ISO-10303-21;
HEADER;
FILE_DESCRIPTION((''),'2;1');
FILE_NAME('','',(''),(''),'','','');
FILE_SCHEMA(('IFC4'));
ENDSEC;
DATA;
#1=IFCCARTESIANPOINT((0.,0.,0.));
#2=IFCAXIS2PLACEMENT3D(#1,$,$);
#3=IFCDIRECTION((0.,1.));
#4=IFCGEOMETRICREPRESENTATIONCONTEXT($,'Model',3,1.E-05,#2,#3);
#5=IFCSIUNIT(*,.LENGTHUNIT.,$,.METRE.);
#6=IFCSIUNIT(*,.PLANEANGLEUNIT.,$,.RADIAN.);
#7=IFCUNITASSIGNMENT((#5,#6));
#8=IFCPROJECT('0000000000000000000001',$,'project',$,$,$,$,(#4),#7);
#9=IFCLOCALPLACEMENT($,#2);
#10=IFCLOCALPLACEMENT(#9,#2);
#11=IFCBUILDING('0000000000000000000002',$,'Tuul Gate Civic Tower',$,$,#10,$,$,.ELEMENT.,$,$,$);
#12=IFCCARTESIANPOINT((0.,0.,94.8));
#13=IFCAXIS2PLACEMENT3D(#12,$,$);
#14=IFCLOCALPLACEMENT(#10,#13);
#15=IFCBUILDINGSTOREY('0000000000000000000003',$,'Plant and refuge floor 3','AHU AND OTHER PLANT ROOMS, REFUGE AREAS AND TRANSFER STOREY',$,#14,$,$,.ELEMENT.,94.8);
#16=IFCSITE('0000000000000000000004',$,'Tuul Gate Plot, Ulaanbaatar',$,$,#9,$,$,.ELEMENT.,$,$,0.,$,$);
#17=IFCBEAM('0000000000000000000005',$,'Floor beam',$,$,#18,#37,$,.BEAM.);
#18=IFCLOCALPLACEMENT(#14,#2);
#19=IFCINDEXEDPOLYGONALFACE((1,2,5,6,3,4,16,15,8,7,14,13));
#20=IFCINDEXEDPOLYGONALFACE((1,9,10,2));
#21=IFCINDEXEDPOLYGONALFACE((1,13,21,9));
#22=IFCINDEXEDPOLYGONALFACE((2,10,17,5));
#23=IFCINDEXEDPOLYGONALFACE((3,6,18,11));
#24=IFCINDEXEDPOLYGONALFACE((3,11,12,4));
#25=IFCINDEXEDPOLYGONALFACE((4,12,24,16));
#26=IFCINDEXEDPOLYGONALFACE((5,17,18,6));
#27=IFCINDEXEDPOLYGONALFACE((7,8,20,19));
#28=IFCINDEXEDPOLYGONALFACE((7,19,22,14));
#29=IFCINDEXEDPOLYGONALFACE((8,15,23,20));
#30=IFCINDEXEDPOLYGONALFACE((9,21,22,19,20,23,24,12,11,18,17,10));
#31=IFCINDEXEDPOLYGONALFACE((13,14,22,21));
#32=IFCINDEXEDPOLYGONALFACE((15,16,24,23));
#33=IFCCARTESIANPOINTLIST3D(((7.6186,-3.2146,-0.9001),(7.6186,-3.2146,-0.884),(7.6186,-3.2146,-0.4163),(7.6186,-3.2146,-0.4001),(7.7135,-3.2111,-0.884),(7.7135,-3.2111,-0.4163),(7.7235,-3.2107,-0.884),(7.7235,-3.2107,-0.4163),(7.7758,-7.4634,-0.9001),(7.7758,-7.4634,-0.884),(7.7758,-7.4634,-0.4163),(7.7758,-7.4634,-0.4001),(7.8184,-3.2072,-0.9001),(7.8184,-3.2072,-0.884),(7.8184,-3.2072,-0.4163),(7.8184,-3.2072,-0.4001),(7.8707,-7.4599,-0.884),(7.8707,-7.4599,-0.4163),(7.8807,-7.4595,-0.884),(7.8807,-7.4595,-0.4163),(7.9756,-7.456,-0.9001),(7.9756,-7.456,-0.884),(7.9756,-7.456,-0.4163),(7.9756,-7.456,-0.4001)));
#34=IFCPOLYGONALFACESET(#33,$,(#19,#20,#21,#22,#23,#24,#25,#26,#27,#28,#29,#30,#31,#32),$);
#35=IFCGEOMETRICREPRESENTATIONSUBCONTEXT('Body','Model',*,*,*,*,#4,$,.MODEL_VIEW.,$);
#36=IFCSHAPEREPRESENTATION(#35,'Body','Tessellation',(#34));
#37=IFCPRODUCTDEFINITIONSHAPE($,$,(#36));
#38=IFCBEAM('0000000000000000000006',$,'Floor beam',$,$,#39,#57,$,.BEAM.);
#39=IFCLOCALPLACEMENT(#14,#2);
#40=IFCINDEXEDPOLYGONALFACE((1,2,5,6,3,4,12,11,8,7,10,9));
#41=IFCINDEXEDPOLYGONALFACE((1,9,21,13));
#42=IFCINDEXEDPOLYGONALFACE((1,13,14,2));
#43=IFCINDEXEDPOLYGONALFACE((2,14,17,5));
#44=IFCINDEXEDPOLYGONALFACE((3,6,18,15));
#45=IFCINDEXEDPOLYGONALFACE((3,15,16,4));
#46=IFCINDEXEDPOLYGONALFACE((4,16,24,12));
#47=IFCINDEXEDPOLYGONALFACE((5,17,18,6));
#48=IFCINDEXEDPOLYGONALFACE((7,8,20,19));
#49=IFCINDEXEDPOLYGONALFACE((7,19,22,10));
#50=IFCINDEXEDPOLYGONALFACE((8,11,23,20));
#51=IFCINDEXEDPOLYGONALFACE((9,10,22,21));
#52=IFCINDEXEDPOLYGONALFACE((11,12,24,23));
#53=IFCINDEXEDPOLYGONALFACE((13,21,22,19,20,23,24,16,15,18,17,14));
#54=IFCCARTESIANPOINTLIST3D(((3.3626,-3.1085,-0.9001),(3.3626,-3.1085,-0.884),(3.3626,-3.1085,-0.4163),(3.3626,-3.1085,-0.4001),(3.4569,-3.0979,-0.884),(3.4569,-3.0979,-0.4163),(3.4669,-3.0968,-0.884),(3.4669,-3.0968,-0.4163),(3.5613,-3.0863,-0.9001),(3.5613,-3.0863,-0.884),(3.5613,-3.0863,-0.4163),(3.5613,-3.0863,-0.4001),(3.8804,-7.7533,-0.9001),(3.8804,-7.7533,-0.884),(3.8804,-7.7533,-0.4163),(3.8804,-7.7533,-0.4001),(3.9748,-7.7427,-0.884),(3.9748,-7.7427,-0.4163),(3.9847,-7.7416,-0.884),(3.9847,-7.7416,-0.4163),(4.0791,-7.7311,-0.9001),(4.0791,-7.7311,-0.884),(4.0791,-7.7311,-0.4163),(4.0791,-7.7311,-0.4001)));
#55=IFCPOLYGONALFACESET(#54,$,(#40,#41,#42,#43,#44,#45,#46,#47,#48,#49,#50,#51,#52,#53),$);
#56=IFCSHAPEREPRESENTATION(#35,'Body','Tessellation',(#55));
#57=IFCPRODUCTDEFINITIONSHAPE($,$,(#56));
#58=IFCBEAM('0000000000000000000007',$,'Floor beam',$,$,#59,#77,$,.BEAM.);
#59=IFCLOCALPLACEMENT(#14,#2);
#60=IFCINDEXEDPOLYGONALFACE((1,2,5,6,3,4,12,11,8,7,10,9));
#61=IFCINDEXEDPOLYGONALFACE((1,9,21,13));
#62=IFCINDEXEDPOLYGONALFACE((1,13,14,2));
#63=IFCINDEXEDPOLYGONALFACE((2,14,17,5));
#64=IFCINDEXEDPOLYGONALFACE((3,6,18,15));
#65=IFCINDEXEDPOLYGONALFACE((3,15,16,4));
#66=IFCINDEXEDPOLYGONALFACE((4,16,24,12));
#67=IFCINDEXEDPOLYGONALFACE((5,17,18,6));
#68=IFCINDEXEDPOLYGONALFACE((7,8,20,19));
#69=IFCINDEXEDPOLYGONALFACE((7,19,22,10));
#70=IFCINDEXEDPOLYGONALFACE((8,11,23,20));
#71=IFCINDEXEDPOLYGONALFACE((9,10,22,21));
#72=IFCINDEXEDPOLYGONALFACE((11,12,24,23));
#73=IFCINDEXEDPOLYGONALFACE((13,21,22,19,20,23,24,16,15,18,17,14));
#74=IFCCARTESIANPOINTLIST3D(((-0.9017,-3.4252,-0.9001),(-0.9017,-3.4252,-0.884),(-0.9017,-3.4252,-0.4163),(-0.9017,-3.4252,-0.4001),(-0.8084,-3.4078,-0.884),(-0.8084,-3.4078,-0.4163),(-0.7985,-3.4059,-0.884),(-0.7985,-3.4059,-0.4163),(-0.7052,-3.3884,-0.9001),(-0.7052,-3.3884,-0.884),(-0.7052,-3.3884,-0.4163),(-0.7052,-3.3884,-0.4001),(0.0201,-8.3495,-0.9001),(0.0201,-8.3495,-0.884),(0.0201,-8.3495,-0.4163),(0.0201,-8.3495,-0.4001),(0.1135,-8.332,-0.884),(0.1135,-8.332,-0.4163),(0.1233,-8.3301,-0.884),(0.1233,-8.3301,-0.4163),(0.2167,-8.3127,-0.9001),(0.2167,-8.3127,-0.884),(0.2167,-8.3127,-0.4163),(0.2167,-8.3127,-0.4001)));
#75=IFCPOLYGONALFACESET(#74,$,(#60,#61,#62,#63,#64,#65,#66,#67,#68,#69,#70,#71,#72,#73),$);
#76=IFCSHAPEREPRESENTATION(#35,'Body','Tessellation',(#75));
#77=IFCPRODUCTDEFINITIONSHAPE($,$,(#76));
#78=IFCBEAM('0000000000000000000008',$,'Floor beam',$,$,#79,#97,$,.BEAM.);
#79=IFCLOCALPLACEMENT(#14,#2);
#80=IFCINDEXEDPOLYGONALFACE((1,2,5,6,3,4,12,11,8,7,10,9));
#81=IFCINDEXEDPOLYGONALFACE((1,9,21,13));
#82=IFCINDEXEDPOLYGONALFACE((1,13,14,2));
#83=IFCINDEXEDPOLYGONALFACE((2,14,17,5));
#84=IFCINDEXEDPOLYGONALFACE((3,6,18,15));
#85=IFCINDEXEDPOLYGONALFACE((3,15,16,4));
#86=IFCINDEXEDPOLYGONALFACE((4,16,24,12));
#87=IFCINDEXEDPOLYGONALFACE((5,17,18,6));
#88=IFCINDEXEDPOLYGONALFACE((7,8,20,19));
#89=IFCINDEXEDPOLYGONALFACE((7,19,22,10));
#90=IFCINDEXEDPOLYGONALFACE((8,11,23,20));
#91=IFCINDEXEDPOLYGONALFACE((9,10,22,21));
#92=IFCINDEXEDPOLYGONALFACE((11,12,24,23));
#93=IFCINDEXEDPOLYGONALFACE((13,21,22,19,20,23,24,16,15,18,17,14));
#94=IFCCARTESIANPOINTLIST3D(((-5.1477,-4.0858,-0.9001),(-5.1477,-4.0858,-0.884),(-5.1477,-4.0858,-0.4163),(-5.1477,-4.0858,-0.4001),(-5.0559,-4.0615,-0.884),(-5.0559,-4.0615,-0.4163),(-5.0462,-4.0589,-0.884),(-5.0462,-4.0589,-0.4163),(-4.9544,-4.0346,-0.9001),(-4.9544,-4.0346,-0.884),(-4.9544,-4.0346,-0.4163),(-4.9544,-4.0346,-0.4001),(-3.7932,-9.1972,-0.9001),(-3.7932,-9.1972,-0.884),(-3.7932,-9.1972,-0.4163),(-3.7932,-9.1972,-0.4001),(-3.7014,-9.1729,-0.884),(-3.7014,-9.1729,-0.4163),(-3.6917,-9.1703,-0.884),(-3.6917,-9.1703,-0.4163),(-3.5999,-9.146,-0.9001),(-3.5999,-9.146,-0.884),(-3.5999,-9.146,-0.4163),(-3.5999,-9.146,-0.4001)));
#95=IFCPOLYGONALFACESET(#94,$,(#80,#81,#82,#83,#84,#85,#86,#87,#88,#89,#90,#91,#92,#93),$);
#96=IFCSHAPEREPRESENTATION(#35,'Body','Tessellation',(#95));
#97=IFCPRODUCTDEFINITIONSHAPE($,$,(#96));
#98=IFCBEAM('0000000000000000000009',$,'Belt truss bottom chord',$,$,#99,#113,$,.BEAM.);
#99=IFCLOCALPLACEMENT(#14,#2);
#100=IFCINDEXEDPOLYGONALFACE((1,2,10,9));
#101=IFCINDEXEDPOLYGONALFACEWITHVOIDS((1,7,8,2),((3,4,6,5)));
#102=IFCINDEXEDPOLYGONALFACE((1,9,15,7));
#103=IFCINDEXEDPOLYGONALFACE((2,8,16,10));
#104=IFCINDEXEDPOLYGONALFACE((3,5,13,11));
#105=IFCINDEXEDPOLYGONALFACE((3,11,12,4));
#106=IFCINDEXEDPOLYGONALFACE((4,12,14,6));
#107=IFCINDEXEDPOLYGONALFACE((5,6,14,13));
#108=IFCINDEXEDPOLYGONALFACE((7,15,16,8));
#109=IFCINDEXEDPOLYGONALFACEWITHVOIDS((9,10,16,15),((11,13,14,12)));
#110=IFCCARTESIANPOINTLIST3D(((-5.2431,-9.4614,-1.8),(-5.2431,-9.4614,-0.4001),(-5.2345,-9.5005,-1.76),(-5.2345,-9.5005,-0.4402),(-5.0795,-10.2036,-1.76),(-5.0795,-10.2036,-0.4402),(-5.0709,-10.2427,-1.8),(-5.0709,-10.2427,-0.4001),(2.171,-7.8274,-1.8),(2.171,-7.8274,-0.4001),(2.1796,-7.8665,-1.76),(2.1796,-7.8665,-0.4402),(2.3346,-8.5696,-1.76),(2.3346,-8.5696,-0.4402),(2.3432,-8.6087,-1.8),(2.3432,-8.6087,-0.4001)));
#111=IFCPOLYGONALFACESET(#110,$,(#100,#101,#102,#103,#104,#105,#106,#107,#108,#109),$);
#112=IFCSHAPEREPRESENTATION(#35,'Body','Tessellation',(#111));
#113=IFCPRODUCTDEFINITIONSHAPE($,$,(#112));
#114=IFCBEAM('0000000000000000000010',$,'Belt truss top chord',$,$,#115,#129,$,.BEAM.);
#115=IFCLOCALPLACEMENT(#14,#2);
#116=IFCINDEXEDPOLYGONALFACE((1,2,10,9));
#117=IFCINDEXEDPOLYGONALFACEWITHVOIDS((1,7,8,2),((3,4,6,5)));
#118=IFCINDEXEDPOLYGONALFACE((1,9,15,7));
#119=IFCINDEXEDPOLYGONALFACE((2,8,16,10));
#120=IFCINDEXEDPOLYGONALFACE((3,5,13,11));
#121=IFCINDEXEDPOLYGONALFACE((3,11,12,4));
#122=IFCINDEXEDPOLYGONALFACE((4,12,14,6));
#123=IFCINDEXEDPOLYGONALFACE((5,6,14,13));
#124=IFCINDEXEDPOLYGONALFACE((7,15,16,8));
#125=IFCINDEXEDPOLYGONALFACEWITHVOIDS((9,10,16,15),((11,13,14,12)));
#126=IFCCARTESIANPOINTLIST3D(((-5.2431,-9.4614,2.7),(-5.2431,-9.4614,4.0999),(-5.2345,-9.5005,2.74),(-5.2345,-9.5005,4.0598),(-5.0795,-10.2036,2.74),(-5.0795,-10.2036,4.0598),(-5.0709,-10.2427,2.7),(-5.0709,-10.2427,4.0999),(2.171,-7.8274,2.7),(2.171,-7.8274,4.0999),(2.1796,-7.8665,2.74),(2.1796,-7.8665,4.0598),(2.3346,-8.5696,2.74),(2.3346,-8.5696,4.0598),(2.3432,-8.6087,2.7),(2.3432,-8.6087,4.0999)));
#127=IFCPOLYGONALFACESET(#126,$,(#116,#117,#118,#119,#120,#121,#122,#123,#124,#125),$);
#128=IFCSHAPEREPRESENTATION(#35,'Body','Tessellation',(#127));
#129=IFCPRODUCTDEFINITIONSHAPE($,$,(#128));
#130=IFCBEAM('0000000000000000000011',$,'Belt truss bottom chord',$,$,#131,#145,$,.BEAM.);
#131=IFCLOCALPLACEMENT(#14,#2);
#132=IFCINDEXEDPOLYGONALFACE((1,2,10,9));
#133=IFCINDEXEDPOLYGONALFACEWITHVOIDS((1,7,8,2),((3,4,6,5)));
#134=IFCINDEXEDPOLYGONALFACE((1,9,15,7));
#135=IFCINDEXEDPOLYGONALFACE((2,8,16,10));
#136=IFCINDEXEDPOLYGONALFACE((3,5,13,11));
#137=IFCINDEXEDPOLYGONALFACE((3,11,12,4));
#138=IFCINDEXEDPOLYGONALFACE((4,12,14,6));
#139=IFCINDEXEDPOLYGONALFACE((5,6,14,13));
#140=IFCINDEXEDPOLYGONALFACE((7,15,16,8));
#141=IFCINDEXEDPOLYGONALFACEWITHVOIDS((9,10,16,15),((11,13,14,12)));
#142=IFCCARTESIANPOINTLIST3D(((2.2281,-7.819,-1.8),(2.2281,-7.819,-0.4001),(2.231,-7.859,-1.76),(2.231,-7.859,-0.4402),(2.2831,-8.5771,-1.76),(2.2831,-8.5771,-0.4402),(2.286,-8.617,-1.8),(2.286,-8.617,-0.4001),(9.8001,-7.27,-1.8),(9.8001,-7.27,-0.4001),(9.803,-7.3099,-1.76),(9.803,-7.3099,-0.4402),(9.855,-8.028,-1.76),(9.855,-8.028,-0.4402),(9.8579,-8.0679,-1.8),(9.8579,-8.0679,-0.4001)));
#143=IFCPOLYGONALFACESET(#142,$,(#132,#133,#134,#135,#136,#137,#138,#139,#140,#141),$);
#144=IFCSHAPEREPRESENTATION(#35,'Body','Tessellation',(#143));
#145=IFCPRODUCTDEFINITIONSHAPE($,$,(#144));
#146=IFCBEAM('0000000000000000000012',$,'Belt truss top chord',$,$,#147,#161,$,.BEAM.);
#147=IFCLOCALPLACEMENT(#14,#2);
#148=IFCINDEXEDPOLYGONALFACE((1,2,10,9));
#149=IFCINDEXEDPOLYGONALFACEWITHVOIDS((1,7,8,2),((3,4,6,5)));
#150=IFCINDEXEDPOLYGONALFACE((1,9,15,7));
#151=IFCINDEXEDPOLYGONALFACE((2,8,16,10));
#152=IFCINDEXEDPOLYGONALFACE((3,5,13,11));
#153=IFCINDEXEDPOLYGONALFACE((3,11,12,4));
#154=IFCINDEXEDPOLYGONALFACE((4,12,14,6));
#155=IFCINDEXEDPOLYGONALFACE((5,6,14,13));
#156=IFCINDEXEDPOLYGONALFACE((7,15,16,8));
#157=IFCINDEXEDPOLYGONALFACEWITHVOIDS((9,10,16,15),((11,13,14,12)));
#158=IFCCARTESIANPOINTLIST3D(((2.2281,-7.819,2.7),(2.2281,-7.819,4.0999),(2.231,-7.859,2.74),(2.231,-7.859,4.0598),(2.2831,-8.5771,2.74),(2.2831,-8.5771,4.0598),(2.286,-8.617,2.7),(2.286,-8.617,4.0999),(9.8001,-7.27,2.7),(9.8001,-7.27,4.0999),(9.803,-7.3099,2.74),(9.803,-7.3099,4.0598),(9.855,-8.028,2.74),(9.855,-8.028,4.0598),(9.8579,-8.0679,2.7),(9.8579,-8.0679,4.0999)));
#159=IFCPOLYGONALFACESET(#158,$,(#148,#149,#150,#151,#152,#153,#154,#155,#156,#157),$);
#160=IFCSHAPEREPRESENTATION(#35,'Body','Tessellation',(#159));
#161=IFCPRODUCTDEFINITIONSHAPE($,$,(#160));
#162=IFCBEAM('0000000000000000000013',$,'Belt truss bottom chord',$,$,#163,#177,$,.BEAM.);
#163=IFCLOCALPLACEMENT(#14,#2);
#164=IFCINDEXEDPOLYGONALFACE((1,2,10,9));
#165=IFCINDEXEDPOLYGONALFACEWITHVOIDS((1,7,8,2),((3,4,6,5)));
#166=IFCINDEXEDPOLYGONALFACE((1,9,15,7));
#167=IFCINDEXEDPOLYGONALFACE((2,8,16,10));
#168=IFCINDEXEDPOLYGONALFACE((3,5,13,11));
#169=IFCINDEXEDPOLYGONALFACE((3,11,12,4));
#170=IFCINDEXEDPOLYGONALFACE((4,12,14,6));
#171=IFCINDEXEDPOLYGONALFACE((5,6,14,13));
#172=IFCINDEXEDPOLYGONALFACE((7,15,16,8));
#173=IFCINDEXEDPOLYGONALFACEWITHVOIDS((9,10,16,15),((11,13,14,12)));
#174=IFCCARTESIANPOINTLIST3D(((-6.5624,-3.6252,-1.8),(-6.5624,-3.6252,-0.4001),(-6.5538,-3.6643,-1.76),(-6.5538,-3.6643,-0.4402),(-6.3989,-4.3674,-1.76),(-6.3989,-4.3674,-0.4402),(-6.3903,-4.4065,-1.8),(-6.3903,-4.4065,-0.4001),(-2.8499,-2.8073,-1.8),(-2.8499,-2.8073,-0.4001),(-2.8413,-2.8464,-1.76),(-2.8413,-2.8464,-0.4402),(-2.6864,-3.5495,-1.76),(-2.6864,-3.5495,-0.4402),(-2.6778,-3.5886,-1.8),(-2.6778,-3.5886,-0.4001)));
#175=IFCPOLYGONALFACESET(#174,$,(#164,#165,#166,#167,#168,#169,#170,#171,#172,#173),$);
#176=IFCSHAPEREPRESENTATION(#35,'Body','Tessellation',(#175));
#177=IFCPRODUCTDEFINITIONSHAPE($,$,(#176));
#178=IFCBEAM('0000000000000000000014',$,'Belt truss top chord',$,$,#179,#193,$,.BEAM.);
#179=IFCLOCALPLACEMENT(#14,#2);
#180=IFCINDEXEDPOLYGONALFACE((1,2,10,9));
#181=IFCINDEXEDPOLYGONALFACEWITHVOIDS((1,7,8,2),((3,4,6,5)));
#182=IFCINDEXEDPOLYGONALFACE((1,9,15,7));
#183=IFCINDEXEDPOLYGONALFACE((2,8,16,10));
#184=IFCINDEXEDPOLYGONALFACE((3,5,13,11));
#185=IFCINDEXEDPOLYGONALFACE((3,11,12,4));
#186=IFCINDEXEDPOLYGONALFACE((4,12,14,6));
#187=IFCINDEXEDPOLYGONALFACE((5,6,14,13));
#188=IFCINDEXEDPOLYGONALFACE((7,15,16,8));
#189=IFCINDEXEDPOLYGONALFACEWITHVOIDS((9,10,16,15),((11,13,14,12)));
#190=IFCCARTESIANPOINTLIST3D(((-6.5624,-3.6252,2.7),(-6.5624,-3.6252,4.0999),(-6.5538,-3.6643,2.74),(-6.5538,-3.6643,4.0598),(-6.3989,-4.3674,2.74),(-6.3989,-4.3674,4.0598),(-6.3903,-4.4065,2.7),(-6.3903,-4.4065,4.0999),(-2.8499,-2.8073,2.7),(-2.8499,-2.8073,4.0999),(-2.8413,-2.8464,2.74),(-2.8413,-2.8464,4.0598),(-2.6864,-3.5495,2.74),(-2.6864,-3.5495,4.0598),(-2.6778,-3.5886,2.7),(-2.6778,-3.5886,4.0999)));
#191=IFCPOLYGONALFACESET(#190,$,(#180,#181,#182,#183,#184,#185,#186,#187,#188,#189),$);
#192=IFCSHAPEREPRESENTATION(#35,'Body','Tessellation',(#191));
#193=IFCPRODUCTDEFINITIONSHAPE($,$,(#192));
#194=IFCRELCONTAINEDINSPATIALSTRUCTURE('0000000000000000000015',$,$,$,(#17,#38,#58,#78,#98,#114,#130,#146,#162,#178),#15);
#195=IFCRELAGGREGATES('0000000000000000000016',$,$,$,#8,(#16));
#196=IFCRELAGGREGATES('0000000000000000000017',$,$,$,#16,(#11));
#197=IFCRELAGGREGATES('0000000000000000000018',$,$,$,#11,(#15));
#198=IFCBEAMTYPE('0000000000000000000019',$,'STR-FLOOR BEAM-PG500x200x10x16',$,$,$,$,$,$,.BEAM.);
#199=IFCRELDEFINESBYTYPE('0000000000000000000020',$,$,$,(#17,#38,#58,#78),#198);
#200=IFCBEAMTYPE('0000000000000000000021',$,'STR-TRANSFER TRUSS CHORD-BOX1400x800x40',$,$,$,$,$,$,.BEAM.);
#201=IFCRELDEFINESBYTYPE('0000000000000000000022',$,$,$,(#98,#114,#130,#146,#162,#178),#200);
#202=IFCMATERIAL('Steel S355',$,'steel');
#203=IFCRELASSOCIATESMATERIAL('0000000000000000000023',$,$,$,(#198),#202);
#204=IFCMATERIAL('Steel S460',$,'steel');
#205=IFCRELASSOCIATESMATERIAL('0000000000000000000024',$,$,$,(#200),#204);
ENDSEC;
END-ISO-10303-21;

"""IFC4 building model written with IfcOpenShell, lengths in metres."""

from ifc_helpers import new_model, si_unit, direction, frame, origin, origin_2d, place, context, subcontext, project, spatial, hollow_rectangle, i_section, extrude, material, material_profile, profile_set, type_object, element, save


model = new_model("IFC4")

# Units and contexts
model_context = context("Model", 3, precision=1e-05, world=origin(), true_north=direction((0.0, 1.0)))
body_context = subcontext(model_context, "Body", "Model", "MODEL_VIEW")
ifc_project = project(units=[si_unit("LENGTHUNIT", "METRE"), si_unit("PLANEANGLEUNIT", "RADIAN")], contexts=[model_context])

# Site, building, storey
site_placement = place(None, origin())
site = spatial("IfcSite", under=ifc_project, at=site_placement, Name="Tuul Gate Plot, Ulaanbaatar", CompositionType="ELEMENT", RefElevation=0.0)
building_placement = place(site_placement, origin())
building = spatial("IfcBuilding", under=site, at=building_placement, Name="Tuul Gate Civic Tower", CompositionType="ELEMENT")
storey_placement = place(building_placement, frame((0.0, 0.0, 94.8)))
storey = spatial("IfcBuildingStorey", under=building, at=storey_placement, Name="Plant and refuge floor 3", Description="AHU AND OTHER PLANT ROOMS, REFUGE AREAS AND TRANSFER STOREY", CompositionType="ELEMENT", Elevation=94.8)

# Beams
ifc_material_1 = material(Name="Steel S355", Category="steel")
ifc_material_profile_1 = material_profile(ifc_material_1, i_section(OverallWidth=0.2, OverallDepth=0.5, WebThickness=0.01, FlangeThickness=0.0161, at=origin_2d()), Name="PG500x200x10x16")
ifc_profile_set_1 = profile_set([ifc_material_profile_1], Name="Steel S355")
beam_type_1 = type_object("IfcBeamType", Name="STR-FLOOR BEAM-PG500x200x10x16", PredefinedType="BEAM", material=ifc_profile_set_1)
beam_1_placement = place(storey_placement, frame((7.8757, -7.4597, -0.6501), z_axis=(-0.03698, 0.999316, 0.0), x_axis=(-0.999316, -0.03698, 0.0)))
element("IfcBeam", 1, at=beam_1_placement, inside=storey, type_object=beam_type_1, Name="Floor beam", PredefinedType="BEAM", context=body_context, shape_type="SweptSolid", body=[
    extrude(i_section(OverallWidth=0.2, OverallDepth=0.5, WebThickness=0.01, FlangeThickness=0.0161, at=origin_2d()), origin(), (0.0, 0.0, 1.0), 4.2517),
])
beam_2_placement = place(storey_placement, frame((3.9797, -7.7422, -0.6501), z_axis=(-0.110798, 0.993843, 0.0), x_axis=(-0.993843, -0.110798, 0.0)))
element("IfcBeam", 2, at=beam_2_placement, inside=storey, type_object=beam_type_1, Name="Floor beam", PredefinedType="BEAM", context=body_context, shape_type="SweptSolid", body=[
    extrude(i_section(OverallWidth=0.2, OverallDepth=0.5, WebThickness=0.01, FlangeThickness=0.0161, at=origin_2d()), origin(), (0.0, 0.0, 1.0), 4.6736),
])
beam_3_placement = place(storey_placement, frame((0.1184, -8.3311, -0.6501), z_axis=(-0.184012, 0.982924, 0.0), x_axis=(-0.982924, -0.184012, 0.0)))
element("IfcBeam", 3, at=beam_3_placement, inside=storey, type_object=beam_type_1, Name="Floor beam", PredefinedType="BEAM", context=body_context, shape_type="SweptSolid", body=[
    extrude(i_section(OverallWidth=0.2, OverallDepth=0.5, WebThickness=0.01, FlangeThickness=0.0161, at=origin_2d()), origin(), (0.0, 0.0, 1.0), 5.0098),
])
beam_4_placement = place(storey_placement, frame((-3.6965, -9.1716, -0.6501), z_axis=(-0.256157, 0.966635, 0.0), x_axis=(-0.966635, -0.256157, 0.0)))
element("IfcBeam", 4, at=beam_4_placement, inside=storey, type_object=beam_type_1, Name="Floor beam", PredefinedType="BEAM", context=body_context, shape_type="SweptSolid", body=[
    extrude(i_section(OverallWidth=0.2, OverallDepth=0.5, WebThickness=0.01, FlangeThickness=0.0161, at=origin_2d()), origin(), (0.0, 0.0, 1.0), 5.2878),
])
ifc_material_2 = material(Name="Steel S460", Category="steel")
ifc_material_profile_2 = material_profile(ifc_material_2, hollow_rectangle(XDim=0.8, YDim=1.3999, WallThickness=0.04, at=origin_2d()), Name="BOX1400x800x40")
ifc_profile_set_2 = profile_set([ifc_material_profile_2], Name="Steel S460")
beam_type_2 = type_object("IfcBeamType", Name="STR-TRANSFER TRUSS CHORD-BOX1400x800x40", PredefinedType="BEAM", material=ifc_profile_set_2)
for number, where, z_axis, x_axis, name in (
    (5, (-5.157, -9.8521, -1.1001), (0.976563, 0.215231, 0.0), (-0.215231, 0.976563, 0.0), "Belt truss bottom chord"),
    (6, (-5.157, -9.8521, 3.3999), (0.976563, 0.215231, 0.0), (-0.215231, 0.976563, 0.0), "Belt truss top chord"),
):
    element("IfcBeam", number, at=place(storey_placement, frame(where, z_axis=z_axis, x_axis=x_axis)), inside=storey, type_object=beam_type_2, Name=name, PredefinedType="BEAM", context=body_context, shape_type="SweptSolid", body=[
        extrude(hollow_rectangle(XDim=0.8, YDim=1.3999, WallThickness=0.04, at=origin_2d()), origin(), (0.0, 0.0, 1.0), 7.592),
    ])
for number, where, z_axis, x_axis, name in (
    (7, (2.2571, -8.218, -1.1001), (0.997381, 0.072323, 0.0), (-0.072323, 0.997381, 0.0), "Belt truss bottom chord"),
    (8, (2.2571, -8.218, 3.3999), (0.997381, 0.072323, 0.0), (-0.072323, 0.997381, 0.0), "Belt truss top chord"),
):
    element("IfcBeam", number, at=place(storey_placement, frame(where, z_axis=z_axis, x_axis=x_axis)), inside=storey, type_object=beam_type_2, Name=name, PredefinedType="BEAM", context=body_context, shape_type="SweptSolid", body=[
        extrude(hollow_rectangle(XDim=0.8, YDim=1.3999, WallThickness=0.04, at=origin_2d()), origin(), (0.0, 0.0, 1.0), 7.5918),
    ])
for number, where, z_axis, x_axis, name in (
    (9, (-6.4763, -4.0159, -1.1001), (0.976581, 0.215148, 0.0), (-0.215148, 0.976581, 0.0), "Belt truss bottom chord"),
    (10, (-6.4763, -4.0159, 3.3999), (0.976581, 0.215148, 0.0), (-0.215148, 0.976581, 0.0), "Belt truss top chord"),
):
    element("IfcBeam", number, at=place(storey_placement, frame(where, z_axis=z_axis, x_axis=x_axis)), inside=storey, type_object=beam_type_2, Name=name, PredefinedType="BEAM", context=body_context, shape_type="SweptSolid", body=[
        extrude(hollow_rectangle(XDim=0.8, YDim=1.3999, WallThickness=0.04, at=origin_2d()), origin(), (0.0, 0.0, 1.0), 3.8015),
    ])

save(model, "model.ifc")
